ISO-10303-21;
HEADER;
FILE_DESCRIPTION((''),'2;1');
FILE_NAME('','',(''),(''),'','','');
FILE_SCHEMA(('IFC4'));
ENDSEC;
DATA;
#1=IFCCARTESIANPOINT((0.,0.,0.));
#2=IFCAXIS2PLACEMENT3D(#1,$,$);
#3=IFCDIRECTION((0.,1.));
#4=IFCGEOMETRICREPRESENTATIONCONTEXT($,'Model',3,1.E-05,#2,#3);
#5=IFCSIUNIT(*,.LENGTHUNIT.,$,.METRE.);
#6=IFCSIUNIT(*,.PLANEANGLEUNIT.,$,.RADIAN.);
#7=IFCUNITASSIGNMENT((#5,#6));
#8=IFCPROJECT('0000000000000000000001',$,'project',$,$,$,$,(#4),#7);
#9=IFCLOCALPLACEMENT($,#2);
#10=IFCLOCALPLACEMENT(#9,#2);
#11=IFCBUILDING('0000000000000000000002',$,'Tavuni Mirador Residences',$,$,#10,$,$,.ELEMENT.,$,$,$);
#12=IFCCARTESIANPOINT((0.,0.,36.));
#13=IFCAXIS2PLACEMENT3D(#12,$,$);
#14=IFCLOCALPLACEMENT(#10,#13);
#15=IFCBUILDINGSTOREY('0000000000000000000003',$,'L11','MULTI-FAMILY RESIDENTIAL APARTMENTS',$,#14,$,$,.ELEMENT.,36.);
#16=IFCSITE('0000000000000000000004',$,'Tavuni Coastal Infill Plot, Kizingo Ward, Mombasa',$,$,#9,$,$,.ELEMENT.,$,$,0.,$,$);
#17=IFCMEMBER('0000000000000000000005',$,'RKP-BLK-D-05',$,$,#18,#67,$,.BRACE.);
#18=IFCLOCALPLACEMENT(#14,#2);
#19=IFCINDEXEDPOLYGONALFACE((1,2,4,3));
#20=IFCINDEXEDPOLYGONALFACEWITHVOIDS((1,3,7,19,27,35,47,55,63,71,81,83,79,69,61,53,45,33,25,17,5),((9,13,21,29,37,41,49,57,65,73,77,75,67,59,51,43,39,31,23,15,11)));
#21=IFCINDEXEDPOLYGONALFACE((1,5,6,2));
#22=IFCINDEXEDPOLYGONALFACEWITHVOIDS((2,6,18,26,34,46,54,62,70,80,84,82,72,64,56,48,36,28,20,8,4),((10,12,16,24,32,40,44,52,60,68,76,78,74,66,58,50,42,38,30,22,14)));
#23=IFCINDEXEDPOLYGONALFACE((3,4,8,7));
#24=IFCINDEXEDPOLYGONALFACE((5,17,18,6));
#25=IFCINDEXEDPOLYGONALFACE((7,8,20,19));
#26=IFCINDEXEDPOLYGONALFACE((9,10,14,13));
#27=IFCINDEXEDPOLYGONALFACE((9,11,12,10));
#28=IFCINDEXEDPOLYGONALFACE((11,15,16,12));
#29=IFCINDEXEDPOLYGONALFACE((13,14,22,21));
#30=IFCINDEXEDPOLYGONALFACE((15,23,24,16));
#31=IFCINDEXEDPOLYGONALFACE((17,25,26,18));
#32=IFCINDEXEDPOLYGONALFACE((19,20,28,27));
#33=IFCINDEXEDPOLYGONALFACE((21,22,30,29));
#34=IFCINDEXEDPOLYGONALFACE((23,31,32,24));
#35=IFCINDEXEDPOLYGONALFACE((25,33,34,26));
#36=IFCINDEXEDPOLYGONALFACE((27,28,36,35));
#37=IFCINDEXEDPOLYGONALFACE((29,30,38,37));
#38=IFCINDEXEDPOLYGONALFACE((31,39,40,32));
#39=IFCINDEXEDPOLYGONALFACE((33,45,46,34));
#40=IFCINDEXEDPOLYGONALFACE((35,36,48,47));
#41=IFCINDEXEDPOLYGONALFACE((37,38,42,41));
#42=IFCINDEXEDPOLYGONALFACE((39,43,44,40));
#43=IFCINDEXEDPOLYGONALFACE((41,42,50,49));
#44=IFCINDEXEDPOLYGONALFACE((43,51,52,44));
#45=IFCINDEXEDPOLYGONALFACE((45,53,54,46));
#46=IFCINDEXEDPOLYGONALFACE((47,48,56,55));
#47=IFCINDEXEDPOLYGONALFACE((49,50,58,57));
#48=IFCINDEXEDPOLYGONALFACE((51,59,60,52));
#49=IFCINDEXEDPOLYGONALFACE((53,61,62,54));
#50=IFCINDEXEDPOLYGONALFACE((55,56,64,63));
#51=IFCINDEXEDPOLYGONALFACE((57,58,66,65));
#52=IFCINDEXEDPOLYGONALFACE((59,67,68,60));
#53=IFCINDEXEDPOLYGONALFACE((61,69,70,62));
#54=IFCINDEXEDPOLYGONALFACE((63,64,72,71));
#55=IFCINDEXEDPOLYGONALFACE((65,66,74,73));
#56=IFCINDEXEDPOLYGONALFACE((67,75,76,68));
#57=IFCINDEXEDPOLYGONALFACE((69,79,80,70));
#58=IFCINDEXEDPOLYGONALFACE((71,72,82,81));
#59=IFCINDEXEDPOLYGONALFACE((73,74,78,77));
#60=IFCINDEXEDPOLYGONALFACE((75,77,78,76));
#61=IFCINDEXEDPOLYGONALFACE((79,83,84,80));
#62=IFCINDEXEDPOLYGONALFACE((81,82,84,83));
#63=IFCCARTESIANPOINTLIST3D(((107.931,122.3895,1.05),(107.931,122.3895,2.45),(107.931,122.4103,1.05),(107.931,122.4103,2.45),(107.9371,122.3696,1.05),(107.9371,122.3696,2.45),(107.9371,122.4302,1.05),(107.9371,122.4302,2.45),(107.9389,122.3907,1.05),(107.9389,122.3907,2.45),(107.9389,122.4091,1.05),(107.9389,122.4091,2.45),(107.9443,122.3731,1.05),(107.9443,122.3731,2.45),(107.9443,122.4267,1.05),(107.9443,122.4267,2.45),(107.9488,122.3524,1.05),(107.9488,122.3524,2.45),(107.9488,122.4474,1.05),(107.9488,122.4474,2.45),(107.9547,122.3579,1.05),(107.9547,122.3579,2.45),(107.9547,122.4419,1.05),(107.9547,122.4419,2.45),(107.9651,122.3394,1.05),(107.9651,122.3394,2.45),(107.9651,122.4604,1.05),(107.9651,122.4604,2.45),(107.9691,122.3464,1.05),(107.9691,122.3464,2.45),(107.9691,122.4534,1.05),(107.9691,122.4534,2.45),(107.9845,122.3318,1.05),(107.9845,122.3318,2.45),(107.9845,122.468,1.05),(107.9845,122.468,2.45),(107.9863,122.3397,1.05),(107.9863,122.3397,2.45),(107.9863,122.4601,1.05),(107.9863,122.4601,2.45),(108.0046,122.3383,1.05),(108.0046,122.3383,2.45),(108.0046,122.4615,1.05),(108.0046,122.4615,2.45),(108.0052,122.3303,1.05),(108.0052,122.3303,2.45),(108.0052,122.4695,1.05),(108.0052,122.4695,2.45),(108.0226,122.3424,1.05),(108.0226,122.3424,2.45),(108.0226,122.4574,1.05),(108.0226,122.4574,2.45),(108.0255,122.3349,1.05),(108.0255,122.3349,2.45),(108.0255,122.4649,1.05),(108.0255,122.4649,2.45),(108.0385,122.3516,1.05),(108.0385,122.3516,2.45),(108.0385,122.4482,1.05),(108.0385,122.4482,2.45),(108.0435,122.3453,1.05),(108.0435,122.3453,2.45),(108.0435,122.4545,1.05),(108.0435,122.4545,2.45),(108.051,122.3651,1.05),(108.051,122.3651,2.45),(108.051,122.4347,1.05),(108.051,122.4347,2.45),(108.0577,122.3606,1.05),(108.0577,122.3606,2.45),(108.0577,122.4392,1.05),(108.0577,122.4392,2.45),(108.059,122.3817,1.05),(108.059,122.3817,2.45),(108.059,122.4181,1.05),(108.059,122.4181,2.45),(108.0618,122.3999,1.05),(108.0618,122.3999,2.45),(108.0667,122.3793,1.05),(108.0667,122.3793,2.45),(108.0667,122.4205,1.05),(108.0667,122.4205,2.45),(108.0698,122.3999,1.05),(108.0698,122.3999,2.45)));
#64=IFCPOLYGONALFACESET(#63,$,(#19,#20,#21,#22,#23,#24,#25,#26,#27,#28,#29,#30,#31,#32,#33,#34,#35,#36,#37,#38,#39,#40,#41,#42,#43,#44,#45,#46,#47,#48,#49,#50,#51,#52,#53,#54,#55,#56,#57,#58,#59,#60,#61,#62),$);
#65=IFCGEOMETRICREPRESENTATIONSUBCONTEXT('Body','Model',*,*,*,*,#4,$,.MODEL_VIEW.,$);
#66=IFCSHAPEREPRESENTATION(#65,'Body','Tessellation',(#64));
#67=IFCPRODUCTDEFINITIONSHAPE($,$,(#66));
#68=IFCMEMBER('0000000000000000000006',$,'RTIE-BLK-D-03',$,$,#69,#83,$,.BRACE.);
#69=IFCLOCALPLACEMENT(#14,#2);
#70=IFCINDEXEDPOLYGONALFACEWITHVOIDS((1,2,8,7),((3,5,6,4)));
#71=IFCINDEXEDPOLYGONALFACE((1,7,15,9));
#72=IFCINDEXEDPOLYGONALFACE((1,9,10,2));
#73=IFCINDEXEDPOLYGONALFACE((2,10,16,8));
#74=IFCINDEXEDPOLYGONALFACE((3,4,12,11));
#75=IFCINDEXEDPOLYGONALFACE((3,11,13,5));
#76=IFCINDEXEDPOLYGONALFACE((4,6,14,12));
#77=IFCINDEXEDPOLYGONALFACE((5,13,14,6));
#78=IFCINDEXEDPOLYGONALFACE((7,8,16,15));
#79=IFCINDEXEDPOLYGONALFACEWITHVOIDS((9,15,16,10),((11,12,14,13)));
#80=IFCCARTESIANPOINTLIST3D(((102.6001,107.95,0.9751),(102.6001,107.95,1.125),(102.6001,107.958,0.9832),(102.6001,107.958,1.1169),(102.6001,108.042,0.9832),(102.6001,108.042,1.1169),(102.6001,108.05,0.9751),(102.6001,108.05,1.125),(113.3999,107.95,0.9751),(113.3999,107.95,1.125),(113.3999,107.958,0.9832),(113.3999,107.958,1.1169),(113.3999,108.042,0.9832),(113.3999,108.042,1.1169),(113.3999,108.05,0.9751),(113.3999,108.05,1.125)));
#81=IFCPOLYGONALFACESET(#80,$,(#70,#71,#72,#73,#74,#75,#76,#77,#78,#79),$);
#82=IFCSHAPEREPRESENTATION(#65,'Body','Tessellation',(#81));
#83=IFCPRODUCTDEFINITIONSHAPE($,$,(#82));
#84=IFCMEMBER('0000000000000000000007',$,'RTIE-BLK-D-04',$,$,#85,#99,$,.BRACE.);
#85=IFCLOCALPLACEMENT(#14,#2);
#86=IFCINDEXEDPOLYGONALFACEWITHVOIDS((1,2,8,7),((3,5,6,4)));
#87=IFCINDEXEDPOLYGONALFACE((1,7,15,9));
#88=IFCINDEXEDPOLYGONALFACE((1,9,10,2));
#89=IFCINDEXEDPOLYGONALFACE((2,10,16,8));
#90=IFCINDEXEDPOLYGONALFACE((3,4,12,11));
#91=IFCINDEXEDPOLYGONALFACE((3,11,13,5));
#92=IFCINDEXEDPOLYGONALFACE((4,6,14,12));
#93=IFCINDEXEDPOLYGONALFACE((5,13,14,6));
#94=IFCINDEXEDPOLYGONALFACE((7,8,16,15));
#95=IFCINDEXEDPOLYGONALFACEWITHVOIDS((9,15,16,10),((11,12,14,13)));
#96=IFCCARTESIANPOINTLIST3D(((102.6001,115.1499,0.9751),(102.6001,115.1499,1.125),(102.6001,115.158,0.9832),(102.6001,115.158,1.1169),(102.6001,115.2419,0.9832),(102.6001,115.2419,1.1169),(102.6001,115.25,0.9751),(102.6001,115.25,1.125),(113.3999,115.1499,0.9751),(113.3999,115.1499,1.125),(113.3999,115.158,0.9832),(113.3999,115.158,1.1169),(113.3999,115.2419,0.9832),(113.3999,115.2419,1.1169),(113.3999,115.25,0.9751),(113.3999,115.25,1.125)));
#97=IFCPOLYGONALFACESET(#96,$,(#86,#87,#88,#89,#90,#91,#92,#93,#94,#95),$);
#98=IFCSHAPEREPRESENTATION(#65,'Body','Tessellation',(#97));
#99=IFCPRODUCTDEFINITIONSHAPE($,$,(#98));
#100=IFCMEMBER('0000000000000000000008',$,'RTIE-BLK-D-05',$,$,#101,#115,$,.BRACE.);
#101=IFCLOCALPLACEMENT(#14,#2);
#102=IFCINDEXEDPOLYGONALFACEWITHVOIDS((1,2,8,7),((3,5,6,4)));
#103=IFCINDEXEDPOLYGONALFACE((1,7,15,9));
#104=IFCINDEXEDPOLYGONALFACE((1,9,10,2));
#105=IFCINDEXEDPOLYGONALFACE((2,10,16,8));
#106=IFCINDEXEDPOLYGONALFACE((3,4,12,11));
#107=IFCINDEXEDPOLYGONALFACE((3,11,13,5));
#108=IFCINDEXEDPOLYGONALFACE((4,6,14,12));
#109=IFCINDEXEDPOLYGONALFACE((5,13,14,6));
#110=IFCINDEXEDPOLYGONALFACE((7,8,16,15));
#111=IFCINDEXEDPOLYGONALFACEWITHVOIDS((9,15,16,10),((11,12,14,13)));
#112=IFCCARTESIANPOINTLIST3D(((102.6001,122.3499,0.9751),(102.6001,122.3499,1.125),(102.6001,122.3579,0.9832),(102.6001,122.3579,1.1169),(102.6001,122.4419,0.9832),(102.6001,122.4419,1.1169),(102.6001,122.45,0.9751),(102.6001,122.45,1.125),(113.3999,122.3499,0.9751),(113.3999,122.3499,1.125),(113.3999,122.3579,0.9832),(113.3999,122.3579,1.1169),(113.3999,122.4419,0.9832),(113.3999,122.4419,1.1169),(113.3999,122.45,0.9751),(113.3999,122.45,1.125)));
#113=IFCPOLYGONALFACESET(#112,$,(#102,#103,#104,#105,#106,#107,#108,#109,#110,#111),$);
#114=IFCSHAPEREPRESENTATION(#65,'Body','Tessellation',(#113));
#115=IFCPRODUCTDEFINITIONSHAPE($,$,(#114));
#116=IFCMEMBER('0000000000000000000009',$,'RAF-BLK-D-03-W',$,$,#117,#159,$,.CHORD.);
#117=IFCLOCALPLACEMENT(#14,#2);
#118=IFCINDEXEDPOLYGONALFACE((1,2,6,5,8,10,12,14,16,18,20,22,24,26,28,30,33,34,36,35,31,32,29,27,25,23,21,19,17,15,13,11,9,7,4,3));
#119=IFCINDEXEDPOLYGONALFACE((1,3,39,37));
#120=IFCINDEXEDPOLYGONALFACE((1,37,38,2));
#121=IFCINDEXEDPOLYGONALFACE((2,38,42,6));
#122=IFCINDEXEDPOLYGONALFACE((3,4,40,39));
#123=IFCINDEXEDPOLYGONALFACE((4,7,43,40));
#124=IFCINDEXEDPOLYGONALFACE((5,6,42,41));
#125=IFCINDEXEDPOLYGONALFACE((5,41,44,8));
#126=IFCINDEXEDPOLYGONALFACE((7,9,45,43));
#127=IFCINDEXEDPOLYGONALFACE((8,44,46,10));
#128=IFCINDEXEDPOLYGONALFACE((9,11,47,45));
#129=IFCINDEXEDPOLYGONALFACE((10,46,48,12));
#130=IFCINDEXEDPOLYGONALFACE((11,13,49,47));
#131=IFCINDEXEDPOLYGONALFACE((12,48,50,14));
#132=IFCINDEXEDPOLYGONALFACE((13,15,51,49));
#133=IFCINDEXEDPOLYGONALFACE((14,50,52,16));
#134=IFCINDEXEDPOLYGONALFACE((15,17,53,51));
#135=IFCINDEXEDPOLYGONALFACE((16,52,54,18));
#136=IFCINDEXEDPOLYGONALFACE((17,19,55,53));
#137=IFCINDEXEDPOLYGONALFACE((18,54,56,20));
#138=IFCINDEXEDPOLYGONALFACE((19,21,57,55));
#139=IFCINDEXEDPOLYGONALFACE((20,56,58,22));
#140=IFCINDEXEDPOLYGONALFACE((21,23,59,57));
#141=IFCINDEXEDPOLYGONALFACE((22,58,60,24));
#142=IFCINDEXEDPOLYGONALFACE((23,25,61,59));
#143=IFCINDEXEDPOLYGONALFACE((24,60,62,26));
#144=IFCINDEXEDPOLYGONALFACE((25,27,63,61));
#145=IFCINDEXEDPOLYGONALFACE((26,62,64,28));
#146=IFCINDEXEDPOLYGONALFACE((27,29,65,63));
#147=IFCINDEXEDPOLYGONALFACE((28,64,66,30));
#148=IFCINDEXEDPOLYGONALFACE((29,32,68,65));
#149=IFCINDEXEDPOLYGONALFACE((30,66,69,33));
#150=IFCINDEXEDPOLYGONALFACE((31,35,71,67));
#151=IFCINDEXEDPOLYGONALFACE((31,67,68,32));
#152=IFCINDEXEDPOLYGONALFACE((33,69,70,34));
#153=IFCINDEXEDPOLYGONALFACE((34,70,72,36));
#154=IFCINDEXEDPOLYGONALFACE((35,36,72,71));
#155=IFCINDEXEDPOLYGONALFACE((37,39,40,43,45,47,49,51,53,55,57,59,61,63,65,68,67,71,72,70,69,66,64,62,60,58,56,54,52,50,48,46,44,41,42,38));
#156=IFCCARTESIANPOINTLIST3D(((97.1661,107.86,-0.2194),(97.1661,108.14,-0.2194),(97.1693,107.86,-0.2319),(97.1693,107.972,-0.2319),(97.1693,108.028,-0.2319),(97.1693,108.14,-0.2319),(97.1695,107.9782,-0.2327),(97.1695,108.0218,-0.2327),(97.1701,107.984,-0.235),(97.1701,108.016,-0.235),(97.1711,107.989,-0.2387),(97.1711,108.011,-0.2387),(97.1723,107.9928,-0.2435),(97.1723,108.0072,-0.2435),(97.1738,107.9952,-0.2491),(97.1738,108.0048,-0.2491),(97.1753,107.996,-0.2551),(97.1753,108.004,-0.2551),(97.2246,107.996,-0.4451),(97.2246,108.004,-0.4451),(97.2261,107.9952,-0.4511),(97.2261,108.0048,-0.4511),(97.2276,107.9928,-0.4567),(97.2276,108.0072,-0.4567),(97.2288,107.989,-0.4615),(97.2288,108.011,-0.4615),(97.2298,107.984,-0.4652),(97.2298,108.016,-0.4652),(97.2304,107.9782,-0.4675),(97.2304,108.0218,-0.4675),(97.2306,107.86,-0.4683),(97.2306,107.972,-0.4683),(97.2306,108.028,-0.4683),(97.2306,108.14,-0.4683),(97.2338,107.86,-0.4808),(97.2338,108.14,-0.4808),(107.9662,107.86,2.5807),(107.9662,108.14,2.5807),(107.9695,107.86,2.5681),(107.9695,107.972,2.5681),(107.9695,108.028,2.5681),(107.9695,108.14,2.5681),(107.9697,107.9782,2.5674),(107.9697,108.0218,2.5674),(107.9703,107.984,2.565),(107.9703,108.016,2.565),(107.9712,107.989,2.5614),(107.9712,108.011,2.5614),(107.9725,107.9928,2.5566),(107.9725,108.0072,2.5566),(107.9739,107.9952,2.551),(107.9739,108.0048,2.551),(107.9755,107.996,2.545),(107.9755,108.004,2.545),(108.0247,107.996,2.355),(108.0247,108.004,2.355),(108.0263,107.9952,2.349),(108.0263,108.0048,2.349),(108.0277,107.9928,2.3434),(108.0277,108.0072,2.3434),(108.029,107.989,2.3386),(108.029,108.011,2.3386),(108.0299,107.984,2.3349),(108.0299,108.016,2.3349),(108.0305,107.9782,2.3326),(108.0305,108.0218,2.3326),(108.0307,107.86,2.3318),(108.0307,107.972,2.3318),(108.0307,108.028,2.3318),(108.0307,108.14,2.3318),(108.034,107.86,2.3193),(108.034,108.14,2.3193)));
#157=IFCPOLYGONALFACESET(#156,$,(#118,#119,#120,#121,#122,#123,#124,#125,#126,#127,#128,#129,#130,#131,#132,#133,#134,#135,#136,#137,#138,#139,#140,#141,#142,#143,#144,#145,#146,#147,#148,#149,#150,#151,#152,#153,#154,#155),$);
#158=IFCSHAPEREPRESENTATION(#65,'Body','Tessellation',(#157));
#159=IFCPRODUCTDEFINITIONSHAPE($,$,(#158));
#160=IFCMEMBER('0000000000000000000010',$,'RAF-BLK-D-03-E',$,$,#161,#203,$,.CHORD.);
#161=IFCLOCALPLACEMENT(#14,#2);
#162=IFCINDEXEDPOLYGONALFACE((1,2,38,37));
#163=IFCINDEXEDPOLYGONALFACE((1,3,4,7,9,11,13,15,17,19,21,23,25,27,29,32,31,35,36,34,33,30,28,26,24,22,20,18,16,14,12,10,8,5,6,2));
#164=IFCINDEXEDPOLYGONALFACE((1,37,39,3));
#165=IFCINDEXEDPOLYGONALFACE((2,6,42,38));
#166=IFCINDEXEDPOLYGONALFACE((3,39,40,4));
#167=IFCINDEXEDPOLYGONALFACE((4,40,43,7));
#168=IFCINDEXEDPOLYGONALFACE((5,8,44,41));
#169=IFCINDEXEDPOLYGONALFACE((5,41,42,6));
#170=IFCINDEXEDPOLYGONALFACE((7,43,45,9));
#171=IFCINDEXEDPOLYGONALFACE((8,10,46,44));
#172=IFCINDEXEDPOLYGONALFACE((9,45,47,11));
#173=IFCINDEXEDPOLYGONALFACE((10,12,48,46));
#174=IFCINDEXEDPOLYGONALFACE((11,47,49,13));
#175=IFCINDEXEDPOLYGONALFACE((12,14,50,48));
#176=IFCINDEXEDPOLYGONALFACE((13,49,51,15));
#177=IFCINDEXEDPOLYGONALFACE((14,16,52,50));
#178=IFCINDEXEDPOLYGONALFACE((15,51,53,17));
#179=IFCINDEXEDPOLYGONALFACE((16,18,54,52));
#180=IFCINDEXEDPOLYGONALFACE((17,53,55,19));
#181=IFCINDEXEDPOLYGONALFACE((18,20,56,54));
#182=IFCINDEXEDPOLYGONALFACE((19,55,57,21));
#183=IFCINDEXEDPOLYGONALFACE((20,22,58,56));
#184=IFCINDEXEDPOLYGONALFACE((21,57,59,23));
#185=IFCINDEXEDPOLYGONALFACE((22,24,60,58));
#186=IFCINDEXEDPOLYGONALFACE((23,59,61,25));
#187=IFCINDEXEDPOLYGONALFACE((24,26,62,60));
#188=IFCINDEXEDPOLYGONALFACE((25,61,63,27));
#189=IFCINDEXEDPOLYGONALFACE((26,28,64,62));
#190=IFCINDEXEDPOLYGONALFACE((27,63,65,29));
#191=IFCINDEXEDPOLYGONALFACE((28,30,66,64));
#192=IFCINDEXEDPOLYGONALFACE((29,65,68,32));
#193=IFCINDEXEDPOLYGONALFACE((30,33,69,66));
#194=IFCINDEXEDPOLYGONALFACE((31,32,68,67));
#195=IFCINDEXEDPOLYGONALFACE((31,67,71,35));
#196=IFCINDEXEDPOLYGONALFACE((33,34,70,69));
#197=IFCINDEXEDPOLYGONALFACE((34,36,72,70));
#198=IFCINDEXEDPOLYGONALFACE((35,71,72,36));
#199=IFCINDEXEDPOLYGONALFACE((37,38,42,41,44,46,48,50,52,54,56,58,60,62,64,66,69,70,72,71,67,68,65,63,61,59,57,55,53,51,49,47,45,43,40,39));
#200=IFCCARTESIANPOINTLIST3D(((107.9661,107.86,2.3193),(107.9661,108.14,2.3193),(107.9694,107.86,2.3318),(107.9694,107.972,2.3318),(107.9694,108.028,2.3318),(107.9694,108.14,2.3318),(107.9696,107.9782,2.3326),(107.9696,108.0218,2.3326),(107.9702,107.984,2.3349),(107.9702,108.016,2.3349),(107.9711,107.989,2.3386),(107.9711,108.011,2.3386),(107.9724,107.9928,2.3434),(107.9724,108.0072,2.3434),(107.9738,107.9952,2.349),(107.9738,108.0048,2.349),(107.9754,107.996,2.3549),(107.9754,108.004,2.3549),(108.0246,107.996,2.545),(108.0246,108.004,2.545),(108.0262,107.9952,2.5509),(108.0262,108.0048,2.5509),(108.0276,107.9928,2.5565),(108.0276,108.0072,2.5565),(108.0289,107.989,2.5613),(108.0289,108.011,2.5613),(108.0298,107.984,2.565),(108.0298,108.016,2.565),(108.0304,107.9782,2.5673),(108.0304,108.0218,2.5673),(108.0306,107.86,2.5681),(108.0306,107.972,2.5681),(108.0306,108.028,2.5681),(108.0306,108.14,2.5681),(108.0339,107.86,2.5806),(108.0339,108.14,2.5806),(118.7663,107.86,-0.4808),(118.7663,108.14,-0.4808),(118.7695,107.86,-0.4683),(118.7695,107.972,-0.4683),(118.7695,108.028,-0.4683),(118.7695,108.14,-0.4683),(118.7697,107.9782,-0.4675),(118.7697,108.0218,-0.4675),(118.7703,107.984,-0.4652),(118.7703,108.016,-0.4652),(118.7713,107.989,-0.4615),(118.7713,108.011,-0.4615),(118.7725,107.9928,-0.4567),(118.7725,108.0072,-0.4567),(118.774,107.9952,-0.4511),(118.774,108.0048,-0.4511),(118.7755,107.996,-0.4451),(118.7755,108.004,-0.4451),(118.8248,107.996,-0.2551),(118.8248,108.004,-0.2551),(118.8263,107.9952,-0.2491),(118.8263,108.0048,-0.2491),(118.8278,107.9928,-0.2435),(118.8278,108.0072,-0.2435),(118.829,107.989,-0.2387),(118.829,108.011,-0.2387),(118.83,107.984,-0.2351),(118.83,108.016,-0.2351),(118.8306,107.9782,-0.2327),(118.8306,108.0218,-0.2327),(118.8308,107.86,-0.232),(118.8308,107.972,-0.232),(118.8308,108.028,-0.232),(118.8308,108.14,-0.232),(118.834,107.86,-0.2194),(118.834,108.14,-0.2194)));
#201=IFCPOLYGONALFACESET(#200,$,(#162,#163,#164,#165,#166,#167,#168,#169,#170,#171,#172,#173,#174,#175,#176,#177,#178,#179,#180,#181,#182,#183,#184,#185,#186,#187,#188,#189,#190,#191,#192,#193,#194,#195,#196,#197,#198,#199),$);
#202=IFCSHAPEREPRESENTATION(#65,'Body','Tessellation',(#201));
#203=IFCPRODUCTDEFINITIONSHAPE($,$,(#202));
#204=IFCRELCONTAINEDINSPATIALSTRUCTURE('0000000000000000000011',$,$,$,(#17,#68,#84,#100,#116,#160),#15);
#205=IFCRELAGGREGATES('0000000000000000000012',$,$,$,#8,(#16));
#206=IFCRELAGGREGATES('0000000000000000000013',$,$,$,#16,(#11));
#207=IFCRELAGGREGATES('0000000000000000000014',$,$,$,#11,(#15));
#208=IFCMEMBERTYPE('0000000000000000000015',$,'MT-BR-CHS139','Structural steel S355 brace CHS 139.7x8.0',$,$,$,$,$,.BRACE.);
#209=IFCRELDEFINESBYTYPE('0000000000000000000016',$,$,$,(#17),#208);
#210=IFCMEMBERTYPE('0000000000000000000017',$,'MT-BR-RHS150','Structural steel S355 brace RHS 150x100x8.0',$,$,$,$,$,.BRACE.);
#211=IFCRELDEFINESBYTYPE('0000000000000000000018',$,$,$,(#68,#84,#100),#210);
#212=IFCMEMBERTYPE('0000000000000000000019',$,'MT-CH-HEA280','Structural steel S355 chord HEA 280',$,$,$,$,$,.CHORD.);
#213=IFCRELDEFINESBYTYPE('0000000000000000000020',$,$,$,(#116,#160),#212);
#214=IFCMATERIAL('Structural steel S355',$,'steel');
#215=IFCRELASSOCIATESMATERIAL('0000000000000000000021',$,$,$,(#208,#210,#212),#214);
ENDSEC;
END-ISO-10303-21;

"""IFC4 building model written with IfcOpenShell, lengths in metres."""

from ifc_helpers import new_model, si_unit, direction, frame, origin, origin_2d, place, context, subcontext, project, spatial, hollow_rectangle, hollow_circle, i_section, extrude, material, material_profile, profile_set, type_object, element, save


model = new_model("IFC4")

# Units and contexts
model_context = context("Model", 3, precision=1e-05, world=origin(), true_north=direction((0.0, 1.0)))
body_context = subcontext(model_context, "Body", "Model", "MODEL_VIEW")
ifc_project = project(units=[si_unit("LENGTHUNIT", "METRE"), si_unit("PLANEANGLEUNIT", "RADIAN")], contexts=[model_context])

# Site, building, storey
site_placement = place(None, origin())
site = spatial("IfcSite", under=ifc_project, at=site_placement, Name="Tavuni Coastal Infill Plot, Kizingo Ward, Mombasa", CompositionType="ELEMENT", RefElevation=0.0)
building_placement = place(site_placement, origin())
building = spatial("IfcBuilding", under=site, at=building_placement, Name="Tavuni Mirador Residences", CompositionType="ELEMENT")
storey_placement = place(building_placement, frame((0.0, 0.0, 36.0)))
storey = spatial("IfcBuildingStorey", under=building, at=storey_placement, Name="L11", Description="MULTI-FAMILY RESIDENTIAL APARTMENTS", CompositionType="ELEMENT", Elevation=36.0)

# Members
ifc_material_1 = material(Name="Structural steel S355", Category="steel")
ifc_material_profile_1 = material_profile(ifc_material_1, hollow_circle(Radius=0.0698, WallThickness=0.0081, at=origin_2d()), Name="CHS 139.7x8.0", Category="steel")
ifc_profile_set_1 = profile_set([ifc_material_profile_1], Name="Structural steel S355")
member_type_1 = type_object("IfcMemberType", Name="MT-BR-CHS139", Description="Structural steel S355 brace CHS 139.7x8.0", PredefinedType="BRACE", material=ifc_profile_set_1)
for number, where, z_axis, x_axis, name in (
    (1, (108.0, 122.3999, 1.05), (0.0, 0.0, 1.0), (1.0, 0.0, 0.0), "RKP-BLK-D-05"),
):
    element("IfcMember", number, at=place(storey_placement, frame(where, z_axis=z_axis, x_axis=x_axis)), inside=storey, type_object=member_type_1, Name=name, PredefinedType="BRACE", context=body_context, shape_type="SweptSolid", body=[
        extrude(hollow_circle(Radius=0.0698, WallThickness=0.0081, at=origin_2d()), origin(), (0.0, 0.0, 1.0), 1.3999),
    ])
ifc_material_profile_2 = material_profile(ifc_material_1, hollow_rectangle(XDim=0.1001, YDim=0.1499, WallThickness=0.0081, at=origin_2d()), Name="RHS 150x100x8.0", Category="steel")
ifc_profile_set_2 = profile_set([ifc_material_profile_2], Name="Structural steel S355")
member_type_2 = type_object("IfcMemberType", Name="MT-BR-RHS150", Description="Structural steel S355 brace RHS 150x100x8.0", PredefinedType="BRACE", material=ifc_profile_set_2)
for number, where, z_axis, x_axis, name in (
    (2, (102.6001, 108.0, 1.05), (1.0, 0.0, 0.0), (0.0, 1.0, 0.0), "RTIE-BLK-D-03"),
    (3, (102.6001, 115.2, 1.05), (1.0, 0.0, 0.0), (0.0, 1.0, 0.0), "RTIE-BLK-D-04"),
    (4, (102.6001, 122.3999, 1.05), (1.0, 0.0, 0.0), (0.0, 1.0, 0.0), "RTIE-BLK-D-05"),
):
    element("IfcMember", number, at=place(storey_placement, frame(where, z_axis=z_axis, x_axis=x_axis)), inside=storey, type_object=member_type_2, Name=name, PredefinedType="BRACE", context=body_context, shape_type="SweptSolid", body=[
        extrude(hollow_rectangle(XDim=0.1001, YDim=0.1499, WallThickness=0.0081, at=origin_2d()), origin(), (0.0, 0.0, 1.0), 10.7998),
    ])
ifc_material_profile_3 = material_profile(ifc_material_1, i_section(OverallWidth=0.28, OverallDepth=0.27, WebThickness=0.0081, FlangeThickness=0.0129, FilletRadius=0.0239, at=origin_2d()), Name="HEA 280", Category="steel")
ifc_profile_set_3 = profile_set([ifc_material_profile_3], Name="Structural steel S355")
member_type_3 = type_object("IfcMemberType", Name="MT-CH-HEA280", Description="Structural steel S355 chord HEA 280", PredefinedType="CHORD", material=ifc_profile_set_3)
for number, where, z_axis, x_axis, name in (
    (5, (97.2, 108.0, -0.3501), (0.967996, 0.0, 0.250965), (0.0, 1.0, 0.0), "RAF-BLK-D-03-W"),
    (6, (108.0, 108.0, 2.45), (0.967996, 0.0, -0.250965), (0.0, 1.0, 0.0), "RAF-BLK-D-03-E"),
):
    element("IfcMember", number, at=place(storey_placement, frame(where, z_axis=z_axis, x_axis=x_axis)), inside=storey, type_object=member_type_3, Name=name, PredefinedType="CHORD", context=body_context, shape_type="SweptSolid", body=[
        extrude(i_section(OverallWidth=0.28, OverallDepth=0.27, WebThickness=0.0081, FlangeThickness=0.0129, FilletRadius=0.0239, at=origin_2d()), origin(), (0.0, 0.0, 1.0), 11.1572),
    ])

save(model, "model.ifc")
